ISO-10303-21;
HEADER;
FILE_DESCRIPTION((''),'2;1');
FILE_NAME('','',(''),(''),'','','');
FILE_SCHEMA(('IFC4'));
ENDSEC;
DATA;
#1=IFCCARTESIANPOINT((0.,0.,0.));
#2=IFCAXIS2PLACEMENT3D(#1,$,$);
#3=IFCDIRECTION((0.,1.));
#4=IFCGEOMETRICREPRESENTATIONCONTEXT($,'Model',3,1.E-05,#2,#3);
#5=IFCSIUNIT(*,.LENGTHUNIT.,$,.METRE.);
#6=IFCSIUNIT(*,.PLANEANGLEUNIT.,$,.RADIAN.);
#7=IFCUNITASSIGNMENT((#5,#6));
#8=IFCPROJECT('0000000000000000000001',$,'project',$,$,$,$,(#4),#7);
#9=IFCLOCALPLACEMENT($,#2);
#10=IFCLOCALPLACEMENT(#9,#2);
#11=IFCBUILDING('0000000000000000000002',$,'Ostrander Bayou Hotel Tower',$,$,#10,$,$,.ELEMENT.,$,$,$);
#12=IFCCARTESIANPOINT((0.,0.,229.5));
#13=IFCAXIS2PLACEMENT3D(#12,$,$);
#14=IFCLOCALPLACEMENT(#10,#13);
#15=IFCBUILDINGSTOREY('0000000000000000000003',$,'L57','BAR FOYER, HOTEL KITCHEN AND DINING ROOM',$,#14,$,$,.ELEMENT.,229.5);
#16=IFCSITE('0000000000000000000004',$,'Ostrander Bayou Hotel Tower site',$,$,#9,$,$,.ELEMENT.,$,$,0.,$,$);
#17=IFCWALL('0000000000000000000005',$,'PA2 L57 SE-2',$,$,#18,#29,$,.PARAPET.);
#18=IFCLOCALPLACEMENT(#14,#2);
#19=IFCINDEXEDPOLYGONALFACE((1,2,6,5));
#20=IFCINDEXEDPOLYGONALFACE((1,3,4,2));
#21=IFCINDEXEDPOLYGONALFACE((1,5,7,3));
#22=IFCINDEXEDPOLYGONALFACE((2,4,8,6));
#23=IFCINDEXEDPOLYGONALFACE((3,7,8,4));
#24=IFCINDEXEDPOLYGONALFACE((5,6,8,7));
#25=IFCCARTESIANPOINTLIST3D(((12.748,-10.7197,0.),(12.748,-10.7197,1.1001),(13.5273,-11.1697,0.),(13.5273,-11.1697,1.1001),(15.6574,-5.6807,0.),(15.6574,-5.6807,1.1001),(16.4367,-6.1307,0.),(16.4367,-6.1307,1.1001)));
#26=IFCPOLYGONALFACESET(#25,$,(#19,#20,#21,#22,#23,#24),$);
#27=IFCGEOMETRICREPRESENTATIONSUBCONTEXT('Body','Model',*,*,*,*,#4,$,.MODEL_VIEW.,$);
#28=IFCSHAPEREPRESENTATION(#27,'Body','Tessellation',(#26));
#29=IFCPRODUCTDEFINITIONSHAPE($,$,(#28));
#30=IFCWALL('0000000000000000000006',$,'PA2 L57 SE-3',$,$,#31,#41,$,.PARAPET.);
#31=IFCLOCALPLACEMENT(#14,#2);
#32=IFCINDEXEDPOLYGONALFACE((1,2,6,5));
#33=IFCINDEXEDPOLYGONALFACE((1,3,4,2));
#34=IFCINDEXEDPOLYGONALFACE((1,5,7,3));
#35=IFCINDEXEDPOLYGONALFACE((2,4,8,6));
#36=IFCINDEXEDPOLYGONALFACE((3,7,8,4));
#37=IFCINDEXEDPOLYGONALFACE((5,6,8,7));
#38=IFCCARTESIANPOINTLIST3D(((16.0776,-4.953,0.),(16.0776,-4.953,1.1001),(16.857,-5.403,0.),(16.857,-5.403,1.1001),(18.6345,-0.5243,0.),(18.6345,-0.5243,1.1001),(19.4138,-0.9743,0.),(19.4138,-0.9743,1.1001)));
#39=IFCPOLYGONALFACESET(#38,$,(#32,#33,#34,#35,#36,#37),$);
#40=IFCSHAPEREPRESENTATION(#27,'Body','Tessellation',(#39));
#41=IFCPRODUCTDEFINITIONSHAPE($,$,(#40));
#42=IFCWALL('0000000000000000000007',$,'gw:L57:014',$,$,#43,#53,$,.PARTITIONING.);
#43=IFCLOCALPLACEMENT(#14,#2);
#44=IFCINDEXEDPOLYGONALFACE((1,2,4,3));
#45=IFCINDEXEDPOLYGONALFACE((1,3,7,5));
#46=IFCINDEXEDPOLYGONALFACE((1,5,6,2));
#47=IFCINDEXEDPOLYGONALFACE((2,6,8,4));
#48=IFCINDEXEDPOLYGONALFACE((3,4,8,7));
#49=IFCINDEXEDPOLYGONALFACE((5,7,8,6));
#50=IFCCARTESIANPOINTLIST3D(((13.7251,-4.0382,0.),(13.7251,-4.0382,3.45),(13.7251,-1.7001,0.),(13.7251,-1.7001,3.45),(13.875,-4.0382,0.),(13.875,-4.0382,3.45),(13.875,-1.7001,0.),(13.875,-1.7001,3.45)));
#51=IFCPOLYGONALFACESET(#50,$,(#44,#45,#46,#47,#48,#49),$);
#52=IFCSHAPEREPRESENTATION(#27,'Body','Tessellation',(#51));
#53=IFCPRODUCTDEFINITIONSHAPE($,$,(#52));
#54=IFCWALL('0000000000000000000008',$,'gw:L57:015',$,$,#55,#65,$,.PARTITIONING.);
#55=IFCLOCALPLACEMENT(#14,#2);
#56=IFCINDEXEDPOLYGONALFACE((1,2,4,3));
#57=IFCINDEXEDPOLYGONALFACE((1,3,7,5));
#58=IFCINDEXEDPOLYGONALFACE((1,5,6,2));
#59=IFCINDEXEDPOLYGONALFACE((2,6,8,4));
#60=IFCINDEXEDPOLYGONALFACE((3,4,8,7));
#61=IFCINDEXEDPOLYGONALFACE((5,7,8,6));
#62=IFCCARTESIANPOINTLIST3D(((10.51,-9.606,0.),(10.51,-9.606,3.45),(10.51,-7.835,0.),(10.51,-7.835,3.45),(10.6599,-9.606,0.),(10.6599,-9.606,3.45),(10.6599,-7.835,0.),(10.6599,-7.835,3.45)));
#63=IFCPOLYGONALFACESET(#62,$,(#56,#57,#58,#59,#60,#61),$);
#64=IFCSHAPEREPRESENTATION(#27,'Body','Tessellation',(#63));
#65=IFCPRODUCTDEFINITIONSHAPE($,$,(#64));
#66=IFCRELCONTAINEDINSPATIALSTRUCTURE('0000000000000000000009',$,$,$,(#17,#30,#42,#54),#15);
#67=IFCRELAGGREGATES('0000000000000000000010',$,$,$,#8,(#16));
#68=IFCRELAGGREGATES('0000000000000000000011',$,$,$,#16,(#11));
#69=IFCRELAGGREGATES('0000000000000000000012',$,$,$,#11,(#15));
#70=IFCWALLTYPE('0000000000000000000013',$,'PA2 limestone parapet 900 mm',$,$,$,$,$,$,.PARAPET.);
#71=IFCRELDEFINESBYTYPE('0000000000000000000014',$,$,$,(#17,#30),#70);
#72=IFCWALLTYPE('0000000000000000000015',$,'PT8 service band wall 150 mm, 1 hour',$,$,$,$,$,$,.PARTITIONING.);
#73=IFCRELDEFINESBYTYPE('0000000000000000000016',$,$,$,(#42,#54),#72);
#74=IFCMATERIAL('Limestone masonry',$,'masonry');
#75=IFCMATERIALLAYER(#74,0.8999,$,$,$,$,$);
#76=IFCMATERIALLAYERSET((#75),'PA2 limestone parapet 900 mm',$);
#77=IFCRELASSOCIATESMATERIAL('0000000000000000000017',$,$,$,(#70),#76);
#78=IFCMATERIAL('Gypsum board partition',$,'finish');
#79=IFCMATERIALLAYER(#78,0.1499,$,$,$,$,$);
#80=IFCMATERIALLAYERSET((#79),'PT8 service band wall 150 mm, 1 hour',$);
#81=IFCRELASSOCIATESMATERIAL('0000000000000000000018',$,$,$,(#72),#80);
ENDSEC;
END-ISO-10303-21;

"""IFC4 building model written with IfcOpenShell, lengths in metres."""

from ifc_helpers import new_model, si_unit, direction, frame, frame_2d, origin, place, context, subcontext, project, spatial, rectangle, extrude, material, layer, layer_set, type_object, element, save


model = new_model("IFC4")

# Units and contexts
model_context = context("Model", 3, precision=1e-05, world=origin(), true_north=direction((0.0, 1.0)))
body_context = subcontext(model_context, "Body", "Model", "MODEL_VIEW")
ifc_project = project(units=[si_unit("LENGTHUNIT", "METRE"), si_unit("PLANEANGLEUNIT", "RADIAN")], contexts=[model_context])

# Site, building, storey
site_placement = place(None, origin())
site = spatial("IfcSite", under=ifc_project, at=site_placement, Name="Ostrander Bayou Hotel Tower site", CompositionType="ELEMENT", RefElevation=0.0)
building_placement = place(site_placement, origin())
building = spatial("IfcBuilding", under=site, at=building_placement, Name="Ostrander Bayou Hotel Tower", CompositionType="ELEMENT")
storey_placement = place(building_placement, frame((0.0, 0.0, 229.5)))
storey = spatial("IfcBuildingStorey", under=building, at=storey_placement, Name="L57", Description="BAR FOYER, HOTEL KITCHEN AND DINING ROOM", CompositionType="ELEMENT", Elevation=229.5)

# Walls
ifc_material_1 = material(Name="Limestone masonry", Category="masonry")
ifc_layer_1 = layer(ifc_material_1, 0.8999)
ifc_layer_set_1 = layer_set([ifc_layer_1], Name="PA2 limestone parapet 900 mm")
wall_type_1 = type_object("IfcWallType", Name="PA2 limestone parapet 900 mm", PredefinedType="PARAPET", material=ifc_layer_set_1)
wall_1_placement = place(storey_placement, frame((13.1377, -10.9446, 0.0), z_axis=(0.0, 0.0, 1.0), x_axis=(0.500015, 0.866016, 0.0)))
element("IfcWall", 1, at=wall_1_placement, inside=storey, type_object=wall_type_1, Name="PA2 L57 SE-2", PredefinedType="PARAPET", context=body_context, shape_type="SweptSolid", body=[
    extrude(rectangle(XDim=5.8186, YDim=0.8999, at=frame_2d((2.9092, 0.0))), origin(), (0.0, 0.0, 1.0), 1.1001),
])
wall_2_placement = place(storey_placement, frame((16.4673, -5.178, 0.0), z_axis=(0.0, 0.0, 1.0), x_axis=(0.499995, 0.866028, 0.0)))
element("IfcWall", 2, at=wall_2_placement, inside=storey, type_object=wall_type_1, Name="PA2 L57 SE-3", PredefinedType="PARAPET", context=body_context, shape_type="SweptSolid", body=[
    extrude(rectangle(XDim=5.1138, YDim=0.8999, at=frame_2d((2.5569, 0.0))), origin(), (0.0, 0.0, 1.0), 1.1001),
])
ifc_material_2 = material(Name="Gypsum board partition", Category="finish")
ifc_layer_2 = layer(ifc_material_2, 0.1499)
ifc_layer_set_2 = layer_set([ifc_layer_2], Name="PT8 service band wall 150 mm, 1 hour")
wall_type_2 = type_object("IfcWallType", Name="PT8 service band wall 150 mm, 1 hour", PredefinedType="PARTITIONING", material=ifc_layer_set_2)
wall_3_placement = place(storey_placement, frame((13.8, -4.0381, 0.0), z_axis=(0.0, 0.0, 1.0), x_axis=(0.0, 1.0, 0.0)))
element("IfcWall", 3, at=wall_3_placement, inside=storey, type_object=wall_type_2, Name="gw:L57:014", PredefinedType="PARTITIONING", context=body_context, shape_type="SweptSolid", body=[
    extrude(rectangle(XDim=2.3381, YDim=0.1499, at=frame_2d((1.1689, 0.0))), origin(), (0.0, 0.0, 1.0), 3.45),
])
wall_4_placement = place(storey_placement, frame((10.585, -9.606, 0.0), z_axis=(0.0, 0.0, 1.0), x_axis=(0.0, 1.0, 0.0)))
element("IfcWall", 4, at=wall_4_placement, inside=storey, type_object=wall_type_2, Name="gw:L57:015", PredefinedType="PARTITIONING", context=body_context, shape_type="SweptSolid", body=[
    extrude(rectangle(XDim=1.771, YDim=0.1499, at=frame_2d((0.8855, 0.0))), origin(), (0.0, 0.0, 1.0), 3.45),
])

save(model, "model.ifc")
